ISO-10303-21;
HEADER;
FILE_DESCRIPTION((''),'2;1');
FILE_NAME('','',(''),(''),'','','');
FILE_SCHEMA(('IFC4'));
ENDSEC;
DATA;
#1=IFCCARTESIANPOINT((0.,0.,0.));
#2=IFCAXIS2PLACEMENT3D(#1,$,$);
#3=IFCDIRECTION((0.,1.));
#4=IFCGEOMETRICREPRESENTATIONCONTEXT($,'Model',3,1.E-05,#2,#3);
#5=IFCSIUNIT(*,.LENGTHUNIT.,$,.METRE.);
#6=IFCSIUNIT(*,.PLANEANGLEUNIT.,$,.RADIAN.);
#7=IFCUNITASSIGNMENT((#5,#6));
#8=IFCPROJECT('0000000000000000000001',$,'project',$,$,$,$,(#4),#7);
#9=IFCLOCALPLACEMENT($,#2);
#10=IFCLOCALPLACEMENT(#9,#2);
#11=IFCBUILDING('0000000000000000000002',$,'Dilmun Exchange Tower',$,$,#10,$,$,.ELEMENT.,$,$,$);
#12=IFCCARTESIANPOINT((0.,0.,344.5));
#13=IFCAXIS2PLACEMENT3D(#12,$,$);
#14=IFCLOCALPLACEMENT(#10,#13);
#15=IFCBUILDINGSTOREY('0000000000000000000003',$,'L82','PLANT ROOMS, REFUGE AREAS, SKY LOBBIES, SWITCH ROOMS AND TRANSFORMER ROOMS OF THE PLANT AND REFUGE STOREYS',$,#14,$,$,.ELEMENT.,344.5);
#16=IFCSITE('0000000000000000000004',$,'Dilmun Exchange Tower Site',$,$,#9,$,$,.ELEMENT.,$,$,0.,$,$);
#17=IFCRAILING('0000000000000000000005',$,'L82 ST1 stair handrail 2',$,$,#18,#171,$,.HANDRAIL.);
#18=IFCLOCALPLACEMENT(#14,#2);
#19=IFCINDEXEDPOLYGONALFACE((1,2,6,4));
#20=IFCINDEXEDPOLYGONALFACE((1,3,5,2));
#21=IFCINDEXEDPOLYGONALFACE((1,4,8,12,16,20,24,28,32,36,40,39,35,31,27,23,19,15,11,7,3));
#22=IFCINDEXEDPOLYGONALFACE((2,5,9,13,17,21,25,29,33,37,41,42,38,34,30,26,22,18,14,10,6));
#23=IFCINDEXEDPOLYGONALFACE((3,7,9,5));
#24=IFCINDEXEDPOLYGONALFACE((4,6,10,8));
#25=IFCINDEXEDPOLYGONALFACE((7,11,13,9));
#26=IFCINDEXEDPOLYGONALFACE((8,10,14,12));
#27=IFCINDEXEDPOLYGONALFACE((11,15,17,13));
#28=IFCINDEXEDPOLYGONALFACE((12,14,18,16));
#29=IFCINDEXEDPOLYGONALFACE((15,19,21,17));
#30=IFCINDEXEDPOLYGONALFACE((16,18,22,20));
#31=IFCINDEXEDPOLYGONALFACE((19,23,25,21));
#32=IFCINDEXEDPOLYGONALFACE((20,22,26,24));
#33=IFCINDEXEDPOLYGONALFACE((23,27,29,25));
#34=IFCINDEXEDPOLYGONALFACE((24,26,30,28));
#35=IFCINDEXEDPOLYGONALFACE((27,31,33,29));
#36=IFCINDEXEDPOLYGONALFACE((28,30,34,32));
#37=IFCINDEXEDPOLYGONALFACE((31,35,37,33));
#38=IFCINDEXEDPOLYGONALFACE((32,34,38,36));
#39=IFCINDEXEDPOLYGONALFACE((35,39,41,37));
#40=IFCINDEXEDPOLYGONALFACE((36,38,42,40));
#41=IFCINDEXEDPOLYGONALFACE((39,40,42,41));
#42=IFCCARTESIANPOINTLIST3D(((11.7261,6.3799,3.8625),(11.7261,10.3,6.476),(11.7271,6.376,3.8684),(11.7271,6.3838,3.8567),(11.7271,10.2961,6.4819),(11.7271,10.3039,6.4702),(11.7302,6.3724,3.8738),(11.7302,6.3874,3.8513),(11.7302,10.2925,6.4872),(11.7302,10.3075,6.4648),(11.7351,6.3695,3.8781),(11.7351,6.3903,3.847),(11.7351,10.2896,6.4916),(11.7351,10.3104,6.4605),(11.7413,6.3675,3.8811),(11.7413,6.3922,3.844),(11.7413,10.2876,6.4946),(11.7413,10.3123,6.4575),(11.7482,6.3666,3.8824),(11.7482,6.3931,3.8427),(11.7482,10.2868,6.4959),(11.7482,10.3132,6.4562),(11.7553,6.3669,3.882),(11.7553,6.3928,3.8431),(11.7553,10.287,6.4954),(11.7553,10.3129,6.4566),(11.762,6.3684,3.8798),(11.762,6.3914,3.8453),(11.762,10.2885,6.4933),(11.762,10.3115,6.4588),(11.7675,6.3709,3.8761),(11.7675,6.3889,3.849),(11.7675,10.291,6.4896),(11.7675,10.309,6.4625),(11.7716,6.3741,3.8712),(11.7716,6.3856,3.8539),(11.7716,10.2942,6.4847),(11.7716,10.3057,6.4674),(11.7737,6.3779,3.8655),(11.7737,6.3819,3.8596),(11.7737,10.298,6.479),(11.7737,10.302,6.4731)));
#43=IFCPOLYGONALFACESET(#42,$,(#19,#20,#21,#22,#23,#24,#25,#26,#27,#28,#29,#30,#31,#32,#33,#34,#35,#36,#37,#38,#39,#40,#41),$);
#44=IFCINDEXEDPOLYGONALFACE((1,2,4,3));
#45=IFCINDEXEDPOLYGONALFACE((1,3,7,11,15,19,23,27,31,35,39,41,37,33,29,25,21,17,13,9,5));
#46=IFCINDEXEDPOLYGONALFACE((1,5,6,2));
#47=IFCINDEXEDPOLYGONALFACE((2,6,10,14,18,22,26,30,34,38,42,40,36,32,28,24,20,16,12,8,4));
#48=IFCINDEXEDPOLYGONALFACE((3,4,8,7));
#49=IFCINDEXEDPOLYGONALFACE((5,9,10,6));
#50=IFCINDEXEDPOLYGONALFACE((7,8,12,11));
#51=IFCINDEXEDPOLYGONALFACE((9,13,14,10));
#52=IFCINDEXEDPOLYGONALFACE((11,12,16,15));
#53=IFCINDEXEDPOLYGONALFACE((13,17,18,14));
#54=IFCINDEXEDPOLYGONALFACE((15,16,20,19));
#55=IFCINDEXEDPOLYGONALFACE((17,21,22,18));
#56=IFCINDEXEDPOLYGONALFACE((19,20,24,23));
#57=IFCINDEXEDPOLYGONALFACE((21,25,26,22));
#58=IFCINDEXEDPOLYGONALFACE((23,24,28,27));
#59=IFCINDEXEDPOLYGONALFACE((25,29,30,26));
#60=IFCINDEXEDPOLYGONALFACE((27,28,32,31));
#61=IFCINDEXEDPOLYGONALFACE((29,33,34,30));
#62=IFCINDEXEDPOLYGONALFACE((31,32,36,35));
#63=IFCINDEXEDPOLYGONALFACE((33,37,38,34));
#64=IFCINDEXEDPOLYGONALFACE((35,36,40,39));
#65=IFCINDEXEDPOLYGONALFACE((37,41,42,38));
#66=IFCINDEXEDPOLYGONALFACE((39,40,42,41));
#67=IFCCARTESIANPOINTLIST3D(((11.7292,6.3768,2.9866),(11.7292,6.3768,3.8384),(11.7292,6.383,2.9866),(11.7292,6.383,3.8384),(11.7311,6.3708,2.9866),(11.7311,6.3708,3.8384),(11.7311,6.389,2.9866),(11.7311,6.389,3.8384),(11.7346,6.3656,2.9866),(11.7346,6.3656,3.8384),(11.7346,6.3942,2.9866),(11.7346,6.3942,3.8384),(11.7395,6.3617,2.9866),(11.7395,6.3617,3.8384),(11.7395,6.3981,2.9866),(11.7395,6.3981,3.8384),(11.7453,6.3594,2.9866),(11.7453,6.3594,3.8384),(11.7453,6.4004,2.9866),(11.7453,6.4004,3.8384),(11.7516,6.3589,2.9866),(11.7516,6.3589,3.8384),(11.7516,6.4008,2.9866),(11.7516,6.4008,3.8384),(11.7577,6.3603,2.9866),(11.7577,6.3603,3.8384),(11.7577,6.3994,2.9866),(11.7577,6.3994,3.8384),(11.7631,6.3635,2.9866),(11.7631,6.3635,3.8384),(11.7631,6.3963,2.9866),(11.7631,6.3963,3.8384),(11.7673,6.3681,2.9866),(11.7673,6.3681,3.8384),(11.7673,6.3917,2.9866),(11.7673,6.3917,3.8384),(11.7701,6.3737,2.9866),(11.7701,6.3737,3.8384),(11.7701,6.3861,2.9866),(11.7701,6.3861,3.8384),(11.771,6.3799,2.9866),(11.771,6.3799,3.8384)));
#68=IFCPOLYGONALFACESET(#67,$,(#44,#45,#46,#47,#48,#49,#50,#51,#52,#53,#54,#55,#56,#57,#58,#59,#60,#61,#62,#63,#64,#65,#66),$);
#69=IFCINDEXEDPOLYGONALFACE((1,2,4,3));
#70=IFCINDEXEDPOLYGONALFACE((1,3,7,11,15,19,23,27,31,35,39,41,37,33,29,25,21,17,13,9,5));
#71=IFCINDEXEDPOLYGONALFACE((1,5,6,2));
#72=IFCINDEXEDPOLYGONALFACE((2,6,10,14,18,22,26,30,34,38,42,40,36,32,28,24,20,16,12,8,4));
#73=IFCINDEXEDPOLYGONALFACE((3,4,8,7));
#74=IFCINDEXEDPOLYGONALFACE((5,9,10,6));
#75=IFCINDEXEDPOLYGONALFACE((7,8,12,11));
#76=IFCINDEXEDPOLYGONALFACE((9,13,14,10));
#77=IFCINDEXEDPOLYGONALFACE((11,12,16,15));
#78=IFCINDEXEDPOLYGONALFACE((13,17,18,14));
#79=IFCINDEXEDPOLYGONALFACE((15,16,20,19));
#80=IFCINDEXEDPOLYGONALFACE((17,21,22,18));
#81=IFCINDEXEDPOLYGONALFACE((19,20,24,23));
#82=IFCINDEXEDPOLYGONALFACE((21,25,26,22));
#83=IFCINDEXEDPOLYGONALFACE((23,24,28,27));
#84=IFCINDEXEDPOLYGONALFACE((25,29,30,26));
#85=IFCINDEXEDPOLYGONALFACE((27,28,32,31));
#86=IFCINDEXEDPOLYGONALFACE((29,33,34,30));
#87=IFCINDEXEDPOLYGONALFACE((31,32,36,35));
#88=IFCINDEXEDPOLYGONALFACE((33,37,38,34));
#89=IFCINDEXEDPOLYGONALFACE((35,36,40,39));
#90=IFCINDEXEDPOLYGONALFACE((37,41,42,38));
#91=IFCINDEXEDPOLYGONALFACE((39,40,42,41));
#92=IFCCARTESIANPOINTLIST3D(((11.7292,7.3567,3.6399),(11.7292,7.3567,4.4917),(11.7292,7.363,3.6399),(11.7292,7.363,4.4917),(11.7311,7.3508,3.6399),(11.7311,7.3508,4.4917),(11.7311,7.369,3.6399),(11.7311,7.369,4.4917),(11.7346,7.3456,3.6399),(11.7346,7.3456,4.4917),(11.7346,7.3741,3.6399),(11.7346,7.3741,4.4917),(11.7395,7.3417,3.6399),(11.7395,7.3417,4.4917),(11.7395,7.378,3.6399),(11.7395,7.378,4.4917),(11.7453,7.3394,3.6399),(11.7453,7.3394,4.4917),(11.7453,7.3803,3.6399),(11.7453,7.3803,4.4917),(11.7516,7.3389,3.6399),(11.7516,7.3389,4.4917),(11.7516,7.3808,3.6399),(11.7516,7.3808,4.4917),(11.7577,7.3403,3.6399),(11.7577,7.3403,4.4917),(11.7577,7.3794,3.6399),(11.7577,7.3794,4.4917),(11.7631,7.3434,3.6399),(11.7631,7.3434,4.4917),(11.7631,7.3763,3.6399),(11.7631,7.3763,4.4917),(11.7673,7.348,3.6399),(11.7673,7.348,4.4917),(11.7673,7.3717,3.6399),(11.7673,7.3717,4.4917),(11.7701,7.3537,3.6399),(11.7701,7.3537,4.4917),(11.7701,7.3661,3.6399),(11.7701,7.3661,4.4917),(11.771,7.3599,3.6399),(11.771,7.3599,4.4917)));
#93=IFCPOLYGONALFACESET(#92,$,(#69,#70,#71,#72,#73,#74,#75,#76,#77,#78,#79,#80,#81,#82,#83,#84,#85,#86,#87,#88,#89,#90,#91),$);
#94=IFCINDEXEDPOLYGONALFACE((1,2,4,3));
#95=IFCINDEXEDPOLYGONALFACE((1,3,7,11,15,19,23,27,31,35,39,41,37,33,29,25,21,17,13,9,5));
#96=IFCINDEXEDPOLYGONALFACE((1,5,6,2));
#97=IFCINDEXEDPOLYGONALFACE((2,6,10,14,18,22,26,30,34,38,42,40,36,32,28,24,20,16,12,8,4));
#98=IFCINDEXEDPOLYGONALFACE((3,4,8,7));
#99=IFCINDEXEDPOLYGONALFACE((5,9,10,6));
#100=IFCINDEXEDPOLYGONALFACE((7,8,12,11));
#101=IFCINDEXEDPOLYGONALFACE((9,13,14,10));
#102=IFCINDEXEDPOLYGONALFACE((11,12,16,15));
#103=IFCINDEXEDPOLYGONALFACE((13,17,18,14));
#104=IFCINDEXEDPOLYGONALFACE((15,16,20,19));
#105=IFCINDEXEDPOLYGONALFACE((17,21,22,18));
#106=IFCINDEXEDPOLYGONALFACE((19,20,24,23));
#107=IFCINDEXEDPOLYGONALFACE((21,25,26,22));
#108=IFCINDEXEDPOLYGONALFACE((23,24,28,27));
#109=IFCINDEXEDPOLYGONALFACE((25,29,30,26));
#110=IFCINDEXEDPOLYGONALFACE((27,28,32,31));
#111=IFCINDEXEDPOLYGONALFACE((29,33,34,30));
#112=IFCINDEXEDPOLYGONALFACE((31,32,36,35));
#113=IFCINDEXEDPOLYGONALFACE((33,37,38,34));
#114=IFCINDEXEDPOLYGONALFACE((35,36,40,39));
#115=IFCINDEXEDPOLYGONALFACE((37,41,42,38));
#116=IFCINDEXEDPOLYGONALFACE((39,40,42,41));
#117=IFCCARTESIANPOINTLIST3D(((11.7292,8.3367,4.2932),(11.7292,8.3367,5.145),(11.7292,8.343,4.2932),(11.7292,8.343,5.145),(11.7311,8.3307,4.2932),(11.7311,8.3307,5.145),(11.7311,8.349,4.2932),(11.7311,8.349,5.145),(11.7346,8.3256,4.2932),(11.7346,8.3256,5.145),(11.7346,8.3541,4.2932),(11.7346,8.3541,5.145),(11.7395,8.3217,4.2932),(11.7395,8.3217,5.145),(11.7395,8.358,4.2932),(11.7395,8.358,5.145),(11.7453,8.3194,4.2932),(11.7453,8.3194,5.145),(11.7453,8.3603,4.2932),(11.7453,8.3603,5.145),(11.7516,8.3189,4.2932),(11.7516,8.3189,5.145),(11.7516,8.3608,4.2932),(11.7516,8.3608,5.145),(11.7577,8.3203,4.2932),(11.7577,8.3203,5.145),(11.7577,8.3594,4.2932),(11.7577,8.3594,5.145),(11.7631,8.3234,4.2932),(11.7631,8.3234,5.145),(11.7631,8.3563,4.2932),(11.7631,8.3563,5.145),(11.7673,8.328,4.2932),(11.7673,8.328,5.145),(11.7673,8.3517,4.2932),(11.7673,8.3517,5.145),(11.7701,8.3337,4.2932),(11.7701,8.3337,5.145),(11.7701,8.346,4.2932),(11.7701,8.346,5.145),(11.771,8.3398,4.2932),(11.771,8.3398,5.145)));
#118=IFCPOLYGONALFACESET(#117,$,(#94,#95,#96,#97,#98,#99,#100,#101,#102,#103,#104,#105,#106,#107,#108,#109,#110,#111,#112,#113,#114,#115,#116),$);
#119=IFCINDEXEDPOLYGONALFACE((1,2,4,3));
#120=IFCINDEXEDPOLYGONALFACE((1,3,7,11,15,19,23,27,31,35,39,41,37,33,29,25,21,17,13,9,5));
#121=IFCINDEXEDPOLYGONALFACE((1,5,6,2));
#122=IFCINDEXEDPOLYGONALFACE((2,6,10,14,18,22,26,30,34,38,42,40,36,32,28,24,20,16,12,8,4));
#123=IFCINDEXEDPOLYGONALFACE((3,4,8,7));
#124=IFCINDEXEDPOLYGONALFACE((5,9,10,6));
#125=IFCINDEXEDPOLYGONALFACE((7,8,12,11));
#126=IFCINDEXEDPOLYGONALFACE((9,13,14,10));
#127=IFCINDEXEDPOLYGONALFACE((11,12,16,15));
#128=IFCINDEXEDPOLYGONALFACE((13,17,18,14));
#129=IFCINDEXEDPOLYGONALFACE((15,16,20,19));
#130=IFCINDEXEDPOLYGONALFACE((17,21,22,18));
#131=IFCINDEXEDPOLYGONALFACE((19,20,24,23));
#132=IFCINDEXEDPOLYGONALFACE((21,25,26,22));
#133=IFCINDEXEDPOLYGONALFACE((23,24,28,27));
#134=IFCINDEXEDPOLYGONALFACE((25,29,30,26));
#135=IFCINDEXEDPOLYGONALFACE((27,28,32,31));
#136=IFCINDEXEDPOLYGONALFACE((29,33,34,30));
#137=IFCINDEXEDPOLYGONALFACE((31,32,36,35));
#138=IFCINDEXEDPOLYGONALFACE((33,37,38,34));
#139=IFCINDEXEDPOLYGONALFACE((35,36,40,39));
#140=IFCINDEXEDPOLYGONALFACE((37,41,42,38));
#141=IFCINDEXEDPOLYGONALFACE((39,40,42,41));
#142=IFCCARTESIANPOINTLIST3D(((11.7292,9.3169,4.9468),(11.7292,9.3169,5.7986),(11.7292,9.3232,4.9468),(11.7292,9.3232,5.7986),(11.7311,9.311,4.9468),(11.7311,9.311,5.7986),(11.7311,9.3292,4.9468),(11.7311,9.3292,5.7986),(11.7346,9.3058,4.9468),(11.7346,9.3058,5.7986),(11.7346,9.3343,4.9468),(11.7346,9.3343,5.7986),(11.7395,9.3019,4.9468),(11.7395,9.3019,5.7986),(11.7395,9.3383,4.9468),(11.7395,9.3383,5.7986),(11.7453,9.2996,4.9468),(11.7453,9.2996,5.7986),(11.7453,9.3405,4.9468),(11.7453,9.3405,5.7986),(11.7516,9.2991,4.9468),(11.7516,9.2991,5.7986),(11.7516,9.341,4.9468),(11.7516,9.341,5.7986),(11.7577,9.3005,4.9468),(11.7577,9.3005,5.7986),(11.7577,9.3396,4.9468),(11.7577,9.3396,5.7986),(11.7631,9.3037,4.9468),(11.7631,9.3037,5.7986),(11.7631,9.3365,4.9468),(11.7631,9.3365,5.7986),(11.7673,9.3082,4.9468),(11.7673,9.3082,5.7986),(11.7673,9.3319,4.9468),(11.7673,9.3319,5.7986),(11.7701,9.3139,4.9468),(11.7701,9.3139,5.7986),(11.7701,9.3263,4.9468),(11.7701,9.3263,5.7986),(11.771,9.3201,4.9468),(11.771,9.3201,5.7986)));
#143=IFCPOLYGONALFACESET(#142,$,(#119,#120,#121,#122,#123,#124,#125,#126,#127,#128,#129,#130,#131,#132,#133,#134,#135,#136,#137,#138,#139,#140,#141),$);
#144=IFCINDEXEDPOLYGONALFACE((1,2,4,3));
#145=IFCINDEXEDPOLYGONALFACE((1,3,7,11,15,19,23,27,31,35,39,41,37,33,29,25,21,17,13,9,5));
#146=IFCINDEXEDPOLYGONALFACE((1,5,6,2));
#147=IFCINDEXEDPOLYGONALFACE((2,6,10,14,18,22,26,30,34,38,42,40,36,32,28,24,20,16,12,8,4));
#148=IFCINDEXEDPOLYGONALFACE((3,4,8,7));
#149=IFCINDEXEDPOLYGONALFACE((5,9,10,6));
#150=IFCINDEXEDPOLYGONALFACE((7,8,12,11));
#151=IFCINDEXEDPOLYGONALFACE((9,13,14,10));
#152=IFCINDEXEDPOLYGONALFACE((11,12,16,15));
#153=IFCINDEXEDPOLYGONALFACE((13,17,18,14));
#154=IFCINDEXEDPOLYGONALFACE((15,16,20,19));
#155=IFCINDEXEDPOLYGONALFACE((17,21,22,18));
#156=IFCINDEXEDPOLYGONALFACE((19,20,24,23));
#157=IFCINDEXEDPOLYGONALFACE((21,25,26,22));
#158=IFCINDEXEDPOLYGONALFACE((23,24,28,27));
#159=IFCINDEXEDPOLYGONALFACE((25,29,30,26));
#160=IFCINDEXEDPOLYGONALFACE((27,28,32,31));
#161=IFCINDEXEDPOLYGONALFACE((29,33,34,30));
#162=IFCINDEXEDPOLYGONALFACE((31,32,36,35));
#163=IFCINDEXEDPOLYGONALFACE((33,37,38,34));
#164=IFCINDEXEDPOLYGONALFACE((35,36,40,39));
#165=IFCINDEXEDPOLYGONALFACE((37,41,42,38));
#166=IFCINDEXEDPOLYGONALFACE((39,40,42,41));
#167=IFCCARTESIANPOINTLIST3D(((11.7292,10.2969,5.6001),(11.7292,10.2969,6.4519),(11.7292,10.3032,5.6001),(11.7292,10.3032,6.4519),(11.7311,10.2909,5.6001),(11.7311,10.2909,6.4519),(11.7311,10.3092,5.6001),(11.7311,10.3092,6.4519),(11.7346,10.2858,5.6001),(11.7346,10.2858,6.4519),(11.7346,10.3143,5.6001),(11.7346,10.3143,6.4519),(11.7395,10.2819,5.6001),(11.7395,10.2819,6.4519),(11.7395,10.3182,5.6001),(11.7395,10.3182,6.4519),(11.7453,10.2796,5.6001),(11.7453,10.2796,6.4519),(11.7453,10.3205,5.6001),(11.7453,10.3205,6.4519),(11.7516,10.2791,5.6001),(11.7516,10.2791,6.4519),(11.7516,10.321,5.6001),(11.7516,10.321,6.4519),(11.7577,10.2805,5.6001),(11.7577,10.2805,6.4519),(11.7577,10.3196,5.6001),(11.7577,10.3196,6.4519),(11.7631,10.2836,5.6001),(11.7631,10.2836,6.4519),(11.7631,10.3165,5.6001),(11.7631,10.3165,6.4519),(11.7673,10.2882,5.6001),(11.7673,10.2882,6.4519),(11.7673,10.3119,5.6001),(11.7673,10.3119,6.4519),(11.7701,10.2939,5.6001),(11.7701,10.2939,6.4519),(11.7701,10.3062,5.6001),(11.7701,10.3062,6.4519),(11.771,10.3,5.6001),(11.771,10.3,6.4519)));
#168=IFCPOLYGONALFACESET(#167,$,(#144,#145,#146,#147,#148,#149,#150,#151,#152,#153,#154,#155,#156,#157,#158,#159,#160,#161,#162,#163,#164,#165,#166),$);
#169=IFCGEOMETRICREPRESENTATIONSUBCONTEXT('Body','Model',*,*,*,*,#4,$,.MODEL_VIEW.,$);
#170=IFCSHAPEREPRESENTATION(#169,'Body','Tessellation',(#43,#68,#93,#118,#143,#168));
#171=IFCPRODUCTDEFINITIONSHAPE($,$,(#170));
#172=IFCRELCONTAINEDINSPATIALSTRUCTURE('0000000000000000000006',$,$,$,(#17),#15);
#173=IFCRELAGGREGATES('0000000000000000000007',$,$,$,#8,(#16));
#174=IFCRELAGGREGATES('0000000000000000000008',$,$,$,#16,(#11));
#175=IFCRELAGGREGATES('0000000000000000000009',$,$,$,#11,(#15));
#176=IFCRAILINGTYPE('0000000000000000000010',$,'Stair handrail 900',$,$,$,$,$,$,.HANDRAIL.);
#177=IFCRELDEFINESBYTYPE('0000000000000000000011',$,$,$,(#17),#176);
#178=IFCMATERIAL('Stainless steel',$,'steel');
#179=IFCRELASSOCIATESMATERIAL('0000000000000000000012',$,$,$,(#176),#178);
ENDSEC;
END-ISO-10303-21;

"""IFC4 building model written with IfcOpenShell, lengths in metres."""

from ifc_helpers import new_model, si_unit, direction, frame, origin, origin_2d, place, context, subcontext, project, spatial, circle, extrude, material, type_object, element, save


model = new_model("IFC4")

# Units and contexts
model_context = context("Model", 3, precision=1e-05, world=origin(), true_north=direction((0.0, 1.0)))
body_context = subcontext(model_context, "Body", "Model", "MODEL_VIEW")
ifc_project = project(units=[si_unit("LENGTHUNIT", "METRE"), si_unit("PLANEANGLEUNIT", "RADIAN")], contexts=[model_context])

# Site, building, storey
site_placement = place(None, origin())
site = spatial("IfcSite", under=ifc_project, at=site_placement, Name="Dilmun Exchange Tower Site", CompositionType="ELEMENT", RefElevation=0.0)
building_placement = place(site_placement, origin())
building = spatial("IfcBuilding", under=site, at=building_placement, Name="Dilmun Exchange Tower", CompositionType="ELEMENT")
storey_placement = place(building_placement, frame((0.0, 0.0, 344.5)))
storey = spatial("IfcBuildingStorey", under=building, at=storey_placement, Name="L82", Description="PLANT ROOMS, REFUGE AREAS, SKY LOBBIES, SWITCH ROOMS AND TRANSFORMER ROOMS OF THE PLANT AND REFUGE STOREYS", CompositionType="ELEMENT", Elevation=344.5)

# Railing
ifc_material_1 = material(Name="Stainless steel", Category="steel")
railing_type = type_object("IfcRailingType", Name="Stair handrail 900", PredefinedType="HANDRAIL", material=ifc_material_1)
railing_1_placement = place(storey_placement, frame((11.75, 6.3799, 2.9866)))
element("IfcRailing", 1, at=railing_1_placement, inside=storey, type_object=railing_type, Name="L82 ST1 stair handrail 2", PredefinedType="HANDRAIL", context=body_context, shape_type="SweptSolid", body=[
    extrude(circle(Radius=0.0239, at=origin_2d()), frame((0.0, 0.0, 0.876), z_axis=(0.0, 0.832042, 0.554712), x_axis=(-1.0, 0.0, 0.0)), (0.0, 0.0, 1.0), 4.7114),
    extrude(circle(Radius=0.021, at=origin_2d()), origin(), (0.0, 0.0, 1.0), 0.8518),
    extrude(circle(Radius=0.021, at=origin_2d()), frame((0.0, 0.98, 0.6533)), (0.0, 0.0, 1.0), 0.8518),
    extrude(circle(Radius=0.021, at=origin_2d()), frame((0.0, 1.96, 1.3066)), (0.0, 0.0, 1.0), 0.8518),
    extrude(circle(Radius=0.021, at=origin_2d()), frame((0.0, 2.9402, 1.9602)), (0.0, 0.0, 1.0), 0.8518),
    extrude(circle(Radius=0.021, at=origin_2d()), frame((0.0, 3.9202, 2.6135)), (0.0, 0.0, 1.0), 0.8518),
])

save(model, "model.ifc")
